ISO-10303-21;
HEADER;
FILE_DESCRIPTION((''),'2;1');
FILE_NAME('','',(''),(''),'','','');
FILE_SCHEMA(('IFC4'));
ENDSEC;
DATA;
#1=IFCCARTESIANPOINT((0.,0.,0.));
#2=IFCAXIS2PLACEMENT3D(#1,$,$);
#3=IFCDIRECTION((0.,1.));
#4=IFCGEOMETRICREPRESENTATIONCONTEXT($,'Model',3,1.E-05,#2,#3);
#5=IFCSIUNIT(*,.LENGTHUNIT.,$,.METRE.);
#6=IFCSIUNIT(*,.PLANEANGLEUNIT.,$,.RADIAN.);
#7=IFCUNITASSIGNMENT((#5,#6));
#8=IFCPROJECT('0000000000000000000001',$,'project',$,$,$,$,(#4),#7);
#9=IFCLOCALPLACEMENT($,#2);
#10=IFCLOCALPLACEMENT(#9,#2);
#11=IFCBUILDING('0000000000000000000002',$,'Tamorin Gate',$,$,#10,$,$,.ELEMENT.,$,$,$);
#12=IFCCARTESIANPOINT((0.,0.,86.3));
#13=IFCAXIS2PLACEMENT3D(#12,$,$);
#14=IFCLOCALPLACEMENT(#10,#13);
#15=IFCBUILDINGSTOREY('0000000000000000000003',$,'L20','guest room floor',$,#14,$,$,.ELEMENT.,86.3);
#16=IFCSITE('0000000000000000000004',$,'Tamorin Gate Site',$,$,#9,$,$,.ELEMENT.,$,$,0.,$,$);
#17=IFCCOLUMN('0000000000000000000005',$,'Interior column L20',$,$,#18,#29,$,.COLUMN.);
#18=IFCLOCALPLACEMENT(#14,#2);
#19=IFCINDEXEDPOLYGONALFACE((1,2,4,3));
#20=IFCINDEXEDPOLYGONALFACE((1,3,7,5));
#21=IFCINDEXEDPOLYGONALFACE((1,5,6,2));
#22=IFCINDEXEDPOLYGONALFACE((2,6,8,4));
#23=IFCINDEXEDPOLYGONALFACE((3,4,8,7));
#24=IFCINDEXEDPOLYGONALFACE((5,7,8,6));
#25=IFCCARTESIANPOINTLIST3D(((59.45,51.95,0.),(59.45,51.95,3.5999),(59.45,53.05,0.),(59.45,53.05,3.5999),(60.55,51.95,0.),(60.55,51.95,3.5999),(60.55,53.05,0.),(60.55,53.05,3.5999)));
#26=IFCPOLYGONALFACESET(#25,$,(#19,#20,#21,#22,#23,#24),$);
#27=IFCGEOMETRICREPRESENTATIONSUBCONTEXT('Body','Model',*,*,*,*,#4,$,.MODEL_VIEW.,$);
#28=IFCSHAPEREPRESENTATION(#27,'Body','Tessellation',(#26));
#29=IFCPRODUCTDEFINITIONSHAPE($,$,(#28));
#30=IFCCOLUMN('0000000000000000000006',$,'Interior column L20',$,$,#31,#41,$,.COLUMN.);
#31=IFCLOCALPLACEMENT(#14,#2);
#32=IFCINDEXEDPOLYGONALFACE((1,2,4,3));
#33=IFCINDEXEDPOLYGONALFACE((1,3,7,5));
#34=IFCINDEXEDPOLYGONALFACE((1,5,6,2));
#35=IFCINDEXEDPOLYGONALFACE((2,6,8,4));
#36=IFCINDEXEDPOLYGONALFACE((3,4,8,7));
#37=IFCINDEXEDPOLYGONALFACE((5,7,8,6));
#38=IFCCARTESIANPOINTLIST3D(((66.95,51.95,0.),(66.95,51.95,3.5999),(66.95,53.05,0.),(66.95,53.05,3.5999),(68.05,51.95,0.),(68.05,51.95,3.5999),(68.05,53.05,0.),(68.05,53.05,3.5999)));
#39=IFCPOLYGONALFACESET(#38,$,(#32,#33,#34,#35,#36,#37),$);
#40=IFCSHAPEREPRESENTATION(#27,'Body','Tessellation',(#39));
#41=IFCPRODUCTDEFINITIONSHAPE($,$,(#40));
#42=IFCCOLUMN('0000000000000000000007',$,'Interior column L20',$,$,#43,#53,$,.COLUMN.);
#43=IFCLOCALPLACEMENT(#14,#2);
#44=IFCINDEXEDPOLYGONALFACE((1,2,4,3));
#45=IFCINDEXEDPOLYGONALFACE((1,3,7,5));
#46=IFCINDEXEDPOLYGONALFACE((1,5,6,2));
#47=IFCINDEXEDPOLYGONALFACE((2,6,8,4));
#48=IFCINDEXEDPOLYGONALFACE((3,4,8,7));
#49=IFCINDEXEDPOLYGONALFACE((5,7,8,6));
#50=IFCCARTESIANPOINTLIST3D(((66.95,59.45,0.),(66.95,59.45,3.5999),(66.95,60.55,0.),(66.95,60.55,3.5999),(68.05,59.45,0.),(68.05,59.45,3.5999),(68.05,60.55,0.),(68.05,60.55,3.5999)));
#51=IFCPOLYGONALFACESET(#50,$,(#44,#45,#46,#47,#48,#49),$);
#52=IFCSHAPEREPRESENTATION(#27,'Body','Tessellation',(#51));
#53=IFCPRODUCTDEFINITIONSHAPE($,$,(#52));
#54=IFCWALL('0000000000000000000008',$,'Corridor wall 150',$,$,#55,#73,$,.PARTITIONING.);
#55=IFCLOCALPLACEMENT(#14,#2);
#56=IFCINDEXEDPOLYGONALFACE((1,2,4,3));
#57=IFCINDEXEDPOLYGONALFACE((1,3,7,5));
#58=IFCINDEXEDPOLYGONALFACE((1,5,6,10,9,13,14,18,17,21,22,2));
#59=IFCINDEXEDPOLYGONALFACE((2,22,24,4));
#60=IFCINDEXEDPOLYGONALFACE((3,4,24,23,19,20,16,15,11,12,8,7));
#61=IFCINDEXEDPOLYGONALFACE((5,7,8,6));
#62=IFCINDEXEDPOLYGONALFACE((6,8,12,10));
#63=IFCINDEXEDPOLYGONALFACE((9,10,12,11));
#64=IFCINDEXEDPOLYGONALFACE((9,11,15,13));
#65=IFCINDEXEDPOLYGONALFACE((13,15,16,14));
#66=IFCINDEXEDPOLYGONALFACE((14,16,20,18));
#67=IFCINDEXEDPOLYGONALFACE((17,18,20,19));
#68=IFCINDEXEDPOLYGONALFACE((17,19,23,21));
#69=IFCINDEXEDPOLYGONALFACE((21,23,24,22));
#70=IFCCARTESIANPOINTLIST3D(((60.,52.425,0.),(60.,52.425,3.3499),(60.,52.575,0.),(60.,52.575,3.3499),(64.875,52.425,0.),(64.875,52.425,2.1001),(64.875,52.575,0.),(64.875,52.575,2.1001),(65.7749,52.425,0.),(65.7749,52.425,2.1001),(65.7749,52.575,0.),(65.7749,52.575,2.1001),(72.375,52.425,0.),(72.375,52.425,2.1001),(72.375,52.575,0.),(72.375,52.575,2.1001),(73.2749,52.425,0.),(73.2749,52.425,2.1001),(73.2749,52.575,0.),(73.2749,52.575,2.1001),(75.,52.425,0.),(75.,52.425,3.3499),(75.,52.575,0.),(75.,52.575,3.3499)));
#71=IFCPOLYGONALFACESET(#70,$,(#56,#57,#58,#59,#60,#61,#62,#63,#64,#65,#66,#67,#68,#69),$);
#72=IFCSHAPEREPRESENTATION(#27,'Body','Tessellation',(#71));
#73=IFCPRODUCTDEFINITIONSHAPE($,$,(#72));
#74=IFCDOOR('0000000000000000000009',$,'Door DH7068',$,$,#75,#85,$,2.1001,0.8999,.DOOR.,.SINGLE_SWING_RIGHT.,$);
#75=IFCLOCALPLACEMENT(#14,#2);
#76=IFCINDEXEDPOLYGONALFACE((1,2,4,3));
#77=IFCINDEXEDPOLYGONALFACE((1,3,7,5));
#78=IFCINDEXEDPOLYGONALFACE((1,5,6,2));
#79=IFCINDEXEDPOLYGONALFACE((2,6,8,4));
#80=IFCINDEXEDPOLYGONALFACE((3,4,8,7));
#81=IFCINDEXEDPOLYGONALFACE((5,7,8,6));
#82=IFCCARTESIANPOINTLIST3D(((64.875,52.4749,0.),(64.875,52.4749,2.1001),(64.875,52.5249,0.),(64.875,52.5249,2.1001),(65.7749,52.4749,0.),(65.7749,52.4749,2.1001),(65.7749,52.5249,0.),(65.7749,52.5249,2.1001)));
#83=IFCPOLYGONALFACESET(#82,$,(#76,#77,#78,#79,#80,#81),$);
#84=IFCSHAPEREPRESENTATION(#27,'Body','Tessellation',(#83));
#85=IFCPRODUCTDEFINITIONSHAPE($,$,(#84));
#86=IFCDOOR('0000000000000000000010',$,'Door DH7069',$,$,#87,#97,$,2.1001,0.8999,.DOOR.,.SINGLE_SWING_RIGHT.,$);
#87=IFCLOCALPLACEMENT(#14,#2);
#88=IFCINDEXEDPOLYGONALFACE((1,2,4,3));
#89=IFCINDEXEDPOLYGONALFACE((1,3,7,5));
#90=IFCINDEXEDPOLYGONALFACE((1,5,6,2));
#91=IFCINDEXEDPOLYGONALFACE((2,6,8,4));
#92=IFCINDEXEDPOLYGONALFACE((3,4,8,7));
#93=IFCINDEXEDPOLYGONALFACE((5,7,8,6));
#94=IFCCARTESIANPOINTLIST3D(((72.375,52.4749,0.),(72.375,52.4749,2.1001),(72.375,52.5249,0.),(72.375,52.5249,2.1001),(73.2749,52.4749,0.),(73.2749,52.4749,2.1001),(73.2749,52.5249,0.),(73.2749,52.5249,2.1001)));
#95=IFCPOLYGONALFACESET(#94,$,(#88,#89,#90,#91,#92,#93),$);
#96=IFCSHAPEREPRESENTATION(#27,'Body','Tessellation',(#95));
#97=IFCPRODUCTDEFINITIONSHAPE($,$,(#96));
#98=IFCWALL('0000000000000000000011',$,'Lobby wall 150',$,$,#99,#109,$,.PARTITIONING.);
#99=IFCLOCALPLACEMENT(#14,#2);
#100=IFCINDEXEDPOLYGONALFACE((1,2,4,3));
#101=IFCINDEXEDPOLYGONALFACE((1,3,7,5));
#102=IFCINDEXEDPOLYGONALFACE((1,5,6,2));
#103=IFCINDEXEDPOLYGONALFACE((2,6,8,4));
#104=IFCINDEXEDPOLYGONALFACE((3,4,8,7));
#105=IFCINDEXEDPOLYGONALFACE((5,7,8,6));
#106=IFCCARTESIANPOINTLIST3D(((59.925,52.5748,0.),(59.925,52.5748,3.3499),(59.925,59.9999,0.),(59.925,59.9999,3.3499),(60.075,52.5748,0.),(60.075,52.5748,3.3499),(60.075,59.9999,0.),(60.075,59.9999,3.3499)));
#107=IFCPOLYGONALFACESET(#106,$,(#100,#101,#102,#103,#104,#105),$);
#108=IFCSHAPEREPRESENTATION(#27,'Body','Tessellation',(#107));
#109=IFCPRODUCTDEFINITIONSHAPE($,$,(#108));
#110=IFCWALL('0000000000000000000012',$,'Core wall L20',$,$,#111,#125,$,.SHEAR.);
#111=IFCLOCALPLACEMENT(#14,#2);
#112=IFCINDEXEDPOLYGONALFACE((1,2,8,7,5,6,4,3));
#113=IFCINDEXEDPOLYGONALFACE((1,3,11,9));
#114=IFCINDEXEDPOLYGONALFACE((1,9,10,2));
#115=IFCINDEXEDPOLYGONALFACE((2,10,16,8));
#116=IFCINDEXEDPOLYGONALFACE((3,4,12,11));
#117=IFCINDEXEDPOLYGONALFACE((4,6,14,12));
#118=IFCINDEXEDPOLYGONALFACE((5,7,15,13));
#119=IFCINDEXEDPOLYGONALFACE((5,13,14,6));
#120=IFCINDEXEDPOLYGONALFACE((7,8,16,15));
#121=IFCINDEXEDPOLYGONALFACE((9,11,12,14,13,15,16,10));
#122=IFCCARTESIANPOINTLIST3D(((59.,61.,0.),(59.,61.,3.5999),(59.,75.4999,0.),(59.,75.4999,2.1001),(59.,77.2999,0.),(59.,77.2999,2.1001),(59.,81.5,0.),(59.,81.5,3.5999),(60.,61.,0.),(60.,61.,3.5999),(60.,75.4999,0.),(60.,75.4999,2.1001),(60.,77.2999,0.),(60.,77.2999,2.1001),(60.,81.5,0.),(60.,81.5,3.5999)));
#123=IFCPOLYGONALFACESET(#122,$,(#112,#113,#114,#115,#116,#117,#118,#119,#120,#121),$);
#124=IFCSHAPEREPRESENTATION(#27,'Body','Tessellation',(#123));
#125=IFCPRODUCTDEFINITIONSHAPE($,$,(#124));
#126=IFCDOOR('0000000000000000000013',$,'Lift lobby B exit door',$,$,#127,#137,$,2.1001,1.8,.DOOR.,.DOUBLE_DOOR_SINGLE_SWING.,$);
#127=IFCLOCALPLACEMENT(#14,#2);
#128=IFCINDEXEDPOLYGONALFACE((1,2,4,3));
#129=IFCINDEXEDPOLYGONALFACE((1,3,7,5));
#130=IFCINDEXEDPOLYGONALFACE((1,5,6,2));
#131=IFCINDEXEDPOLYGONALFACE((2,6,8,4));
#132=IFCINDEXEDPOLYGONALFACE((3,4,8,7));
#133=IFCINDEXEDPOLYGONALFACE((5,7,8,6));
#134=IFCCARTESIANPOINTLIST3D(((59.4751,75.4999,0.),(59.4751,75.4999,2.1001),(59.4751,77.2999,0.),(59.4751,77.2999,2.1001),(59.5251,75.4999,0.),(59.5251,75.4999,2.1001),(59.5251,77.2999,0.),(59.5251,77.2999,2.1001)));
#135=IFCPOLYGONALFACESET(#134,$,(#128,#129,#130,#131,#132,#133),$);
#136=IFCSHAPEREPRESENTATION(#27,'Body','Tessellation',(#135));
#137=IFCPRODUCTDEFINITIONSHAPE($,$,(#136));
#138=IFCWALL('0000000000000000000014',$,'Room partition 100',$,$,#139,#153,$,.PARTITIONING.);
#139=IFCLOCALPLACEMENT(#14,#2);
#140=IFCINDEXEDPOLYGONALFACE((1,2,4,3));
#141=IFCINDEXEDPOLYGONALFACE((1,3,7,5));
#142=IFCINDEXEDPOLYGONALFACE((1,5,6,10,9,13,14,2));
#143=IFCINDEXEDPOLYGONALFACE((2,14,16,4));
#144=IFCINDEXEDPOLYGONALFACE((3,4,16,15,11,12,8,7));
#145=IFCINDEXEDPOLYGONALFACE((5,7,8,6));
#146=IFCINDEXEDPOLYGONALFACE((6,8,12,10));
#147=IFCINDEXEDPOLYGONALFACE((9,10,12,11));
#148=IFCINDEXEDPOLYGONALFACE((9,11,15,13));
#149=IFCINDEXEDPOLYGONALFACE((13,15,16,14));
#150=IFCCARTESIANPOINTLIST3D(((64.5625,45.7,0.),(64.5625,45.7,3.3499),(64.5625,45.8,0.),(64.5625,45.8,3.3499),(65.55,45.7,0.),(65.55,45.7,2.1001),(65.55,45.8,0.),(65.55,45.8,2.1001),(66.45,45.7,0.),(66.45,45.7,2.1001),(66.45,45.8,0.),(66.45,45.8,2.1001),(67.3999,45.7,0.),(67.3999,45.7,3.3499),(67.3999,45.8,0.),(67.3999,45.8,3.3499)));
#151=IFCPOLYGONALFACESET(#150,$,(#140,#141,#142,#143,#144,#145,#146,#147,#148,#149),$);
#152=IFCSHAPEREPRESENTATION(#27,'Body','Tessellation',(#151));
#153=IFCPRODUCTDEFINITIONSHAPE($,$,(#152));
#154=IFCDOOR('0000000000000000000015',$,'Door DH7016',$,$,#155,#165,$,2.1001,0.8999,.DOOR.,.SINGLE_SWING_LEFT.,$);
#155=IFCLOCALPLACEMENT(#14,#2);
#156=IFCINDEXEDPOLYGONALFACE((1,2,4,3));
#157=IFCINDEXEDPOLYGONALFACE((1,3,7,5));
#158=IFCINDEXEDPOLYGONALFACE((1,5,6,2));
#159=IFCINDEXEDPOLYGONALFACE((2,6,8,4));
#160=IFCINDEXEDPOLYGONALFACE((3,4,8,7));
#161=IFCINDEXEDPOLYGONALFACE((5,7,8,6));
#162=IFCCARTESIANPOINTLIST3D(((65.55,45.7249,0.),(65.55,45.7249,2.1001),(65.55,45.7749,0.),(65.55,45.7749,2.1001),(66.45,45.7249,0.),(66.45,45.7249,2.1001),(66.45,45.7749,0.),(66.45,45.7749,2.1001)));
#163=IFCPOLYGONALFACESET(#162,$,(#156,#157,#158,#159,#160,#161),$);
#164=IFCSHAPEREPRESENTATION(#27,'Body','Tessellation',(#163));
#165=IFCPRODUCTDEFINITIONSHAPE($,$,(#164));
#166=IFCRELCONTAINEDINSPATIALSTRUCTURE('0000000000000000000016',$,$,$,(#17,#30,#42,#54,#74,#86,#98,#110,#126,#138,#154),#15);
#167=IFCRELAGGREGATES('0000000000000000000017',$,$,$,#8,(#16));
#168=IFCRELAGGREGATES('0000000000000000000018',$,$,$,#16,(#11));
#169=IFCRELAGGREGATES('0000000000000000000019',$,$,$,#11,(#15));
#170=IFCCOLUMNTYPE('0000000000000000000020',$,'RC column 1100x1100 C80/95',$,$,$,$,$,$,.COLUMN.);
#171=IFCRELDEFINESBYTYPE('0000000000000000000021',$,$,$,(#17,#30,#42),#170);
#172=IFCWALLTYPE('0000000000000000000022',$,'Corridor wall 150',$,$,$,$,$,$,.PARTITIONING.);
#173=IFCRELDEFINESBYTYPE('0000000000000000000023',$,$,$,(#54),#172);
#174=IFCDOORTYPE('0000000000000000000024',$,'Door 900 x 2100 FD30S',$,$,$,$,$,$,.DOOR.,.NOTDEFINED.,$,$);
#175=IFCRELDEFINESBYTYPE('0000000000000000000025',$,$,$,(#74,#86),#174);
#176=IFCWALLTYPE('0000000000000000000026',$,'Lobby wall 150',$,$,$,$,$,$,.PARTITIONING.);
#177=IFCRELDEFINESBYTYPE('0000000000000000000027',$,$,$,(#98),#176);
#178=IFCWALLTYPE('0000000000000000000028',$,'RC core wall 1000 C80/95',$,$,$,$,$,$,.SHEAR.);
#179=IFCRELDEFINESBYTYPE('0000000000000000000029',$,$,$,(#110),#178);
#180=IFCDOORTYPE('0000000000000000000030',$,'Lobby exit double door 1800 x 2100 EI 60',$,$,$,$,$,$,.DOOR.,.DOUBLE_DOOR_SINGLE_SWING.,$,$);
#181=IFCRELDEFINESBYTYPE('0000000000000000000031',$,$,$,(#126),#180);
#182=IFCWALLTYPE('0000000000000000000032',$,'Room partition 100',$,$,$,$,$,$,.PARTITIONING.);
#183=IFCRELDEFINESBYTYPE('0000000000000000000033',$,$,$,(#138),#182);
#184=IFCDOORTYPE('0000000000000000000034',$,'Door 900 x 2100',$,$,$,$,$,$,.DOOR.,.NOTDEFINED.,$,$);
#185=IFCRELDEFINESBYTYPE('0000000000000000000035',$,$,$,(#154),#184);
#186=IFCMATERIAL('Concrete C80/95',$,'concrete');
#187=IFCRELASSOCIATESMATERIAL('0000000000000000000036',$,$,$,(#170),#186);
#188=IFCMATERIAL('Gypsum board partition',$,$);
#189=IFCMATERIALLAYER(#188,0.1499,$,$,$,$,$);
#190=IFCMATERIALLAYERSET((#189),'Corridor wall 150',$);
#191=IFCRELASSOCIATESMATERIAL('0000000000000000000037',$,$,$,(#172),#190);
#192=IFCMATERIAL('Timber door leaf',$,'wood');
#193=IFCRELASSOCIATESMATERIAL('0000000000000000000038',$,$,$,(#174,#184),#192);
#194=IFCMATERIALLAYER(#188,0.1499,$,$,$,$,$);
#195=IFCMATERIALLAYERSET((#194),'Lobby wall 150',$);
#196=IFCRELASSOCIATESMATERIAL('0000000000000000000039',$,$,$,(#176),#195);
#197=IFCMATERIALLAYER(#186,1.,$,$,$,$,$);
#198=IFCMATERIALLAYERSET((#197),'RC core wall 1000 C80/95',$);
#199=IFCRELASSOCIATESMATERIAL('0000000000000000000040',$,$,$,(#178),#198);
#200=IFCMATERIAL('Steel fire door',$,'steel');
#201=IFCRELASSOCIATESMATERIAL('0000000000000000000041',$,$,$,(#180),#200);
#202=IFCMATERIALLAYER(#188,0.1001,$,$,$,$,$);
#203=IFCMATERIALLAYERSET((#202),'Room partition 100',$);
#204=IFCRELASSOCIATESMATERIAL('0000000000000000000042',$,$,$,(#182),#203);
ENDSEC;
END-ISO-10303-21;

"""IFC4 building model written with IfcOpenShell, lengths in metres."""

from ifc_helpers import new_model, si_unit, direction, frame, frame_2d, origin, origin_2d, place, context, subcontext, project, spatial, rectangle, extrude, material, layer, layer_set, material_profile, profile_set, type_object, element, fill, save


model = new_model("IFC4")

# Units and contexts
model_context = context("Model", 3, precision=1e-05, world=origin(), true_north=direction((0.0, 1.0)))
body_context = subcontext(model_context, "Body", "Model", "MODEL_VIEW")
ifc_project = project(units=[si_unit("LENGTHUNIT", "METRE"), si_unit("PLANEANGLEUNIT", "RADIAN")], contexts=[model_context])

# Site, building, storey
site_placement = place(None, origin())
site = spatial("IfcSite", under=ifc_project, at=site_placement, Name="Tamorin Gate Site", CompositionType="ELEMENT", RefElevation=0.0)
building_placement = place(site_placement, origin())
building = spatial("IfcBuilding", under=site, at=building_placement, Name="Tamorin Gate", CompositionType="ELEMENT")
storey_placement = place(building_placement, frame((0.0, 0.0, 86.3)))
storey = spatial("IfcBuildingStorey", under=building, at=storey_placement, Name="L20", Description="guest room floor", CompositionType="ELEMENT", Elevation=86.3)

# Columns
ifc_material_1 = material(Name="Concrete C80/95", Category="concrete")
ifc_material_profile = material_profile(ifc_material_1, rectangle(XDim=1.1001, YDim=1.1001, at=origin_2d()), Name="RC 1100x1100")
ifc_profile_set = profile_set([ifc_material_profile], Name="Concrete C80/95")
column_type = type_object("IfcColumnType", Name="RC column 1100x1100 C80/95", PredefinedType="COLUMN", material=ifc_profile_set)
for number, where, z_axis, x_axis, name in (
    (1, (60.0, 52.5, 0.0), (0.0, 0.0, 1.0), (1.0, 0.0, 0.0), "Interior column L20"),
    (2, (67.5, 52.5, 0.0), (0.0, 0.0, 1.0), (1.0, 0.0, 0.0), "Interior column L20"),
    (3, (67.5, 60.0, 0.0), (0.0, 0.0, 1.0), (1.0, 0.0, 0.0), "Interior column L20"),
):
    element("IfcColumn", number, at=place(storey_placement, frame(where, z_axis=z_axis, x_axis=x_axis)), inside=storey, type_object=column_type, Name=name, PredefinedType="COLUMN", context=body_context, shape_type="SweptSolid", body=[
        extrude(rectangle(XDim=1.1001, YDim=1.1001, at=origin_2d()), origin(), (0.0, 0.0, 1.0), 3.5999),
    ])

# Wall, openings, doors
ifc_material_2 = material(Name="Gypsum board partition")
ifc_layer_1 = layer(ifc_material_2, 0.1499)
ifc_layer_set_1 = layer_set([ifc_layer_1], Name="Corridor wall 150")
wall_type_1 = type_object("IfcWallType", Name="Corridor wall 150", PredefinedType="PARTITIONING", material=ifc_layer_set_1)
wall_1_placement = place(storey_placement, frame((60.0, 52.5, 0.0), z_axis=(0.0, 0.0, 1.0), x_axis=(1.0, 0.0, 0.0)))
wall_1 = element("IfcWall", 4, at=wall_1_placement, inside=storey, type_object=wall_type_1, Name="Corridor wall 150", PredefinedType="PARTITIONING", context=body_context, shape_type="SweptSolid", body=[
    extrude(rectangle(XDim=15.0, YDim=0.1499, at=frame_2d((7.5, 0.0))), origin(), (0.0, 0.0, 1.0), 3.3499),
])
opening_1_placement = place(wall_1_placement, frame((4.875, 0.0, 0.0)))
opening_1 = element("IfcOpeningElement", 5, at=opening_1_placement, cuts=wall_1, PredefinedType="OPENING", context=body_context, shape_type="SweptSolid", body=[
    extrude(rectangle(XDim=0.8999, YDim=2.1001, at=frame_2d((0.45, 1.05))), frame((0.0, 0.085, 0.0), z_axis=(0.0, -1.0, 0.0), x_axis=(1.0, 0.0, 0.0)), (0.0, 0.0, 1.0), 0.1699),
])
opening_2_placement = place(wall_1_placement, frame((12.375, 0.0, 0.0)))
opening_2 = element("IfcOpeningElement", 6, at=opening_2_placement, cuts=wall_1, PredefinedType="OPENING", context=body_context, shape_type="SweptSolid", body=[
    extrude(rectangle(XDim=0.8999, YDim=2.1001, at=frame_2d((0.45, 1.05))), frame((0.0, 0.085, 0.0), z_axis=(0.0, -1.0, 0.0), x_axis=(1.0, 0.0, 0.0)), (0.0, 0.0, 1.0), 0.1699),
])
ifc_material_3 = material(Name="Timber door leaf", Category="wood")
door_type_1 = type_object("IfcDoorType", Name="Door 900 x 2100 FD30S", OperationType="NOTDEFINED", PredefinedType="DOOR", material=ifc_material_3)
door_1_placement = place(opening_1_placement, origin())
door_1 = element("IfcDoor", 7, at=door_1_placement, inside=storey, type_object=door_type_1, Name="Door DH7068", OperationType="SINGLE_SWING_RIGHT", OverallHeight=2.1001, OverallWidth=0.8999, PredefinedType="DOOR", context=body_context, shape_type="SweptSolid", body=[
    extrude(rectangle(XDim=0.8999, YDim=2.1001, at=frame_2d((0.45, 1.05))), frame((0.0, 0.0249, 0.0), z_axis=(0.0, -1.0, 0.0), x_axis=(1.0, 0.0, 0.0)), (0.0, 0.0, 1.0), 0.05),
])
fill(opening_1, door_1)
door_2_placement = place(opening_2_placement, origin())
door_2 = element("IfcDoor", 8, at=door_2_placement, inside=storey, type_object=door_type_1, Name="Door DH7069", OperationType="SINGLE_SWING_RIGHT", OverallHeight=2.1001, OverallWidth=0.8999, PredefinedType="DOOR", context=body_context, shape_type="SweptSolid", body=[
    extrude(rectangle(XDim=0.8999, YDim=2.1001, at=frame_2d((0.45, 1.05))), frame((0.0, 0.0249, 0.0), z_axis=(0.0, -1.0, 0.0), x_axis=(1.0, 0.0, 0.0)), (0.0, 0.0, 1.0), 0.05),
])
fill(opening_2, door_2)

# Wall
ifc_layer_2 = layer(ifc_material_2, 0.1499)
ifc_layer_set_2 = layer_set([ifc_layer_2], Name="Lobby wall 150")
wall_type_2 = type_object("IfcWallType", Name="Lobby wall 150", PredefinedType="PARTITIONING", material=ifc_layer_set_2)
wall_2_placement = place(storey_placement, frame((60.0, 52.575, 0.0), z_axis=(0.0, 0.0, 1.0), x_axis=(0.0, 1.0, 0.0)))
element("IfcWall", 9, at=wall_2_placement, inside=storey, type_object=wall_type_2, Name="Lobby wall 150", PredefinedType="PARTITIONING", context=body_context, shape_type="SweptSolid", body=[
    extrude(rectangle(XDim=7.425, YDim=0.1499, at=frame_2d((3.7124, 0.0))), origin(), (0.0, 0.0, 1.0), 3.3499),
])

# Walls, openings, doors
ifc_layer_3 = layer(ifc_material_1, 1.0)
ifc_layer_set_3 = layer_set([ifc_layer_3], Name="RC core wall 1000 C80/95")
wall_type_3 = type_object("IfcWallType", Name="RC core wall 1000 C80/95", PredefinedType="SHEAR", material=ifc_layer_set_3)
wall_3_placement = place(storey_placement, frame((59.5, 61.0, 0.0), z_axis=(0.0, 0.0, 1.0), x_axis=(0.0, 1.0, 0.0)))
wall_3 = element("IfcWall", 10, at=wall_3_placement, inside=storey, type_object=wall_type_3, Name="Core wall L20", PredefinedType="SHEAR", context=body_context, shape_type="SweptSolid", body=[
    extrude(rectangle(XDim=20.5, YDim=1.0, at=frame_2d((10.25, 0.0))), origin(), (0.0, 0.0, 1.0), 3.5999),
])
opening_3_placement = place(wall_3_placement, frame((14.5, 0.0, 0.0)))
opening_3 = element("IfcOpeningElement", 11, at=opening_3_placement, cuts=wall_3, PredefinedType="OPENING", context=body_context, shape_type="SweptSolid", body=[
    extrude(rectangle(XDim=1.8, YDim=2.1001, at=frame_2d((0.8999, 1.05))), frame((0.0, 0.51, 0.0), z_axis=(0.0, -1.0, 0.0), x_axis=(1.0, 0.0, 0.0)), (0.0, 0.0, 1.0), 1.02),
])
ifc_material_4 = material(Name="Steel fire door", Category="steel")
door_type_2 = type_object("IfcDoorType", Name="Lobby exit double door 1800 x 2100 EI 60", OperationType="DOUBLE_DOOR_SINGLE_SWING", PredefinedType="DOOR", material=ifc_material_4)
door_3_placement = place(opening_3_placement, origin())
door_3 = element("IfcDoor", 12, at=door_3_placement, inside=storey, type_object=door_type_2, Name="Lift lobby B exit door", OperationType="DOUBLE_DOOR_SINGLE_SWING", OverallHeight=2.1001, OverallWidth=1.8, PredefinedType="DOOR", context=body_context, shape_type="SweptSolid", body=[
    extrude(rectangle(XDim=1.8, YDim=2.1001, at=frame_2d((0.8999, 1.05))), frame((0.0, 0.0249, 0.0), z_axis=(0.0, -1.0, 0.0), x_axis=(1.0, 0.0, 0.0)), (0.0, 0.0, 1.0), 0.05),
])
fill(opening_3, door_3)
ifc_layer_4 = layer(ifc_material_2, 0.1001)
ifc_layer_set_4 = layer_set([ifc_layer_4], Name="Room partition 100")
wall_type_4 = type_object("IfcWallType", Name="Room partition 100", PredefinedType="PARTITIONING", material=ifc_layer_set_4)
wall_4_placement = place(storey_placement, frame((64.5625, 45.75, 0.0), z_axis=(0.0, 0.0, 1.0), x_axis=(1.0, 0.0, 0.0)))
wall_4 = element("IfcWall", 13, at=wall_4_placement, inside=storey, type_object=wall_type_4, Name="Room partition 100", PredefinedType="PARTITIONING", context=body_context, shape_type="SweptSolid", body=[
    extrude(rectangle(XDim=2.8374, YDim=0.1001, at=frame_2d((1.4187, 0.0))), origin(), (0.0, 0.0, 1.0), 3.3499),
])
opening_4_placement = place(wall_4_placement, frame((0.9875, 0.0, 0.0)))
opening_4 = element("IfcOpeningElement", 14, at=opening_4_placement, cuts=wall_4, PredefinedType="OPENING", context=body_context, shape_type="SweptSolid", body=[
    extrude(rectangle(XDim=0.8999, YDim=2.1001, at=frame_2d((0.45, 1.05))), frame((0.0, 0.0601, 0.0), z_axis=(0.0, -1.0, 0.0), x_axis=(1.0, 0.0, 0.0)), (0.0, 0.0, 1.0), 0.1201),
])
door_type_3 = type_object("IfcDoorType", Name="Door 900 x 2100", OperationType="NOTDEFINED", PredefinedType="DOOR", material=ifc_material_3)
door_4_placement = place(opening_4_placement, origin())
door_4 = element("IfcDoor", 15, at=door_4_placement, inside=storey, type_object=door_type_3, Name="Door DH7016", OperationType="SINGLE_SWING_LEFT", OverallHeight=2.1001, OverallWidth=0.8999, PredefinedType="DOOR", context=body_context, shape_type="SweptSolid", body=[
    extrude(rectangle(XDim=0.8999, YDim=2.1001, at=frame_2d((0.45, 1.05))), frame((0.0, 0.0249, 0.0), z_axis=(0.0, -1.0, 0.0), x_axis=(1.0, 0.0, 0.0)), (0.0, 0.0, 1.0), 0.05),
])
fill(opening_4, door_4)

save(model, "model.ifc")
